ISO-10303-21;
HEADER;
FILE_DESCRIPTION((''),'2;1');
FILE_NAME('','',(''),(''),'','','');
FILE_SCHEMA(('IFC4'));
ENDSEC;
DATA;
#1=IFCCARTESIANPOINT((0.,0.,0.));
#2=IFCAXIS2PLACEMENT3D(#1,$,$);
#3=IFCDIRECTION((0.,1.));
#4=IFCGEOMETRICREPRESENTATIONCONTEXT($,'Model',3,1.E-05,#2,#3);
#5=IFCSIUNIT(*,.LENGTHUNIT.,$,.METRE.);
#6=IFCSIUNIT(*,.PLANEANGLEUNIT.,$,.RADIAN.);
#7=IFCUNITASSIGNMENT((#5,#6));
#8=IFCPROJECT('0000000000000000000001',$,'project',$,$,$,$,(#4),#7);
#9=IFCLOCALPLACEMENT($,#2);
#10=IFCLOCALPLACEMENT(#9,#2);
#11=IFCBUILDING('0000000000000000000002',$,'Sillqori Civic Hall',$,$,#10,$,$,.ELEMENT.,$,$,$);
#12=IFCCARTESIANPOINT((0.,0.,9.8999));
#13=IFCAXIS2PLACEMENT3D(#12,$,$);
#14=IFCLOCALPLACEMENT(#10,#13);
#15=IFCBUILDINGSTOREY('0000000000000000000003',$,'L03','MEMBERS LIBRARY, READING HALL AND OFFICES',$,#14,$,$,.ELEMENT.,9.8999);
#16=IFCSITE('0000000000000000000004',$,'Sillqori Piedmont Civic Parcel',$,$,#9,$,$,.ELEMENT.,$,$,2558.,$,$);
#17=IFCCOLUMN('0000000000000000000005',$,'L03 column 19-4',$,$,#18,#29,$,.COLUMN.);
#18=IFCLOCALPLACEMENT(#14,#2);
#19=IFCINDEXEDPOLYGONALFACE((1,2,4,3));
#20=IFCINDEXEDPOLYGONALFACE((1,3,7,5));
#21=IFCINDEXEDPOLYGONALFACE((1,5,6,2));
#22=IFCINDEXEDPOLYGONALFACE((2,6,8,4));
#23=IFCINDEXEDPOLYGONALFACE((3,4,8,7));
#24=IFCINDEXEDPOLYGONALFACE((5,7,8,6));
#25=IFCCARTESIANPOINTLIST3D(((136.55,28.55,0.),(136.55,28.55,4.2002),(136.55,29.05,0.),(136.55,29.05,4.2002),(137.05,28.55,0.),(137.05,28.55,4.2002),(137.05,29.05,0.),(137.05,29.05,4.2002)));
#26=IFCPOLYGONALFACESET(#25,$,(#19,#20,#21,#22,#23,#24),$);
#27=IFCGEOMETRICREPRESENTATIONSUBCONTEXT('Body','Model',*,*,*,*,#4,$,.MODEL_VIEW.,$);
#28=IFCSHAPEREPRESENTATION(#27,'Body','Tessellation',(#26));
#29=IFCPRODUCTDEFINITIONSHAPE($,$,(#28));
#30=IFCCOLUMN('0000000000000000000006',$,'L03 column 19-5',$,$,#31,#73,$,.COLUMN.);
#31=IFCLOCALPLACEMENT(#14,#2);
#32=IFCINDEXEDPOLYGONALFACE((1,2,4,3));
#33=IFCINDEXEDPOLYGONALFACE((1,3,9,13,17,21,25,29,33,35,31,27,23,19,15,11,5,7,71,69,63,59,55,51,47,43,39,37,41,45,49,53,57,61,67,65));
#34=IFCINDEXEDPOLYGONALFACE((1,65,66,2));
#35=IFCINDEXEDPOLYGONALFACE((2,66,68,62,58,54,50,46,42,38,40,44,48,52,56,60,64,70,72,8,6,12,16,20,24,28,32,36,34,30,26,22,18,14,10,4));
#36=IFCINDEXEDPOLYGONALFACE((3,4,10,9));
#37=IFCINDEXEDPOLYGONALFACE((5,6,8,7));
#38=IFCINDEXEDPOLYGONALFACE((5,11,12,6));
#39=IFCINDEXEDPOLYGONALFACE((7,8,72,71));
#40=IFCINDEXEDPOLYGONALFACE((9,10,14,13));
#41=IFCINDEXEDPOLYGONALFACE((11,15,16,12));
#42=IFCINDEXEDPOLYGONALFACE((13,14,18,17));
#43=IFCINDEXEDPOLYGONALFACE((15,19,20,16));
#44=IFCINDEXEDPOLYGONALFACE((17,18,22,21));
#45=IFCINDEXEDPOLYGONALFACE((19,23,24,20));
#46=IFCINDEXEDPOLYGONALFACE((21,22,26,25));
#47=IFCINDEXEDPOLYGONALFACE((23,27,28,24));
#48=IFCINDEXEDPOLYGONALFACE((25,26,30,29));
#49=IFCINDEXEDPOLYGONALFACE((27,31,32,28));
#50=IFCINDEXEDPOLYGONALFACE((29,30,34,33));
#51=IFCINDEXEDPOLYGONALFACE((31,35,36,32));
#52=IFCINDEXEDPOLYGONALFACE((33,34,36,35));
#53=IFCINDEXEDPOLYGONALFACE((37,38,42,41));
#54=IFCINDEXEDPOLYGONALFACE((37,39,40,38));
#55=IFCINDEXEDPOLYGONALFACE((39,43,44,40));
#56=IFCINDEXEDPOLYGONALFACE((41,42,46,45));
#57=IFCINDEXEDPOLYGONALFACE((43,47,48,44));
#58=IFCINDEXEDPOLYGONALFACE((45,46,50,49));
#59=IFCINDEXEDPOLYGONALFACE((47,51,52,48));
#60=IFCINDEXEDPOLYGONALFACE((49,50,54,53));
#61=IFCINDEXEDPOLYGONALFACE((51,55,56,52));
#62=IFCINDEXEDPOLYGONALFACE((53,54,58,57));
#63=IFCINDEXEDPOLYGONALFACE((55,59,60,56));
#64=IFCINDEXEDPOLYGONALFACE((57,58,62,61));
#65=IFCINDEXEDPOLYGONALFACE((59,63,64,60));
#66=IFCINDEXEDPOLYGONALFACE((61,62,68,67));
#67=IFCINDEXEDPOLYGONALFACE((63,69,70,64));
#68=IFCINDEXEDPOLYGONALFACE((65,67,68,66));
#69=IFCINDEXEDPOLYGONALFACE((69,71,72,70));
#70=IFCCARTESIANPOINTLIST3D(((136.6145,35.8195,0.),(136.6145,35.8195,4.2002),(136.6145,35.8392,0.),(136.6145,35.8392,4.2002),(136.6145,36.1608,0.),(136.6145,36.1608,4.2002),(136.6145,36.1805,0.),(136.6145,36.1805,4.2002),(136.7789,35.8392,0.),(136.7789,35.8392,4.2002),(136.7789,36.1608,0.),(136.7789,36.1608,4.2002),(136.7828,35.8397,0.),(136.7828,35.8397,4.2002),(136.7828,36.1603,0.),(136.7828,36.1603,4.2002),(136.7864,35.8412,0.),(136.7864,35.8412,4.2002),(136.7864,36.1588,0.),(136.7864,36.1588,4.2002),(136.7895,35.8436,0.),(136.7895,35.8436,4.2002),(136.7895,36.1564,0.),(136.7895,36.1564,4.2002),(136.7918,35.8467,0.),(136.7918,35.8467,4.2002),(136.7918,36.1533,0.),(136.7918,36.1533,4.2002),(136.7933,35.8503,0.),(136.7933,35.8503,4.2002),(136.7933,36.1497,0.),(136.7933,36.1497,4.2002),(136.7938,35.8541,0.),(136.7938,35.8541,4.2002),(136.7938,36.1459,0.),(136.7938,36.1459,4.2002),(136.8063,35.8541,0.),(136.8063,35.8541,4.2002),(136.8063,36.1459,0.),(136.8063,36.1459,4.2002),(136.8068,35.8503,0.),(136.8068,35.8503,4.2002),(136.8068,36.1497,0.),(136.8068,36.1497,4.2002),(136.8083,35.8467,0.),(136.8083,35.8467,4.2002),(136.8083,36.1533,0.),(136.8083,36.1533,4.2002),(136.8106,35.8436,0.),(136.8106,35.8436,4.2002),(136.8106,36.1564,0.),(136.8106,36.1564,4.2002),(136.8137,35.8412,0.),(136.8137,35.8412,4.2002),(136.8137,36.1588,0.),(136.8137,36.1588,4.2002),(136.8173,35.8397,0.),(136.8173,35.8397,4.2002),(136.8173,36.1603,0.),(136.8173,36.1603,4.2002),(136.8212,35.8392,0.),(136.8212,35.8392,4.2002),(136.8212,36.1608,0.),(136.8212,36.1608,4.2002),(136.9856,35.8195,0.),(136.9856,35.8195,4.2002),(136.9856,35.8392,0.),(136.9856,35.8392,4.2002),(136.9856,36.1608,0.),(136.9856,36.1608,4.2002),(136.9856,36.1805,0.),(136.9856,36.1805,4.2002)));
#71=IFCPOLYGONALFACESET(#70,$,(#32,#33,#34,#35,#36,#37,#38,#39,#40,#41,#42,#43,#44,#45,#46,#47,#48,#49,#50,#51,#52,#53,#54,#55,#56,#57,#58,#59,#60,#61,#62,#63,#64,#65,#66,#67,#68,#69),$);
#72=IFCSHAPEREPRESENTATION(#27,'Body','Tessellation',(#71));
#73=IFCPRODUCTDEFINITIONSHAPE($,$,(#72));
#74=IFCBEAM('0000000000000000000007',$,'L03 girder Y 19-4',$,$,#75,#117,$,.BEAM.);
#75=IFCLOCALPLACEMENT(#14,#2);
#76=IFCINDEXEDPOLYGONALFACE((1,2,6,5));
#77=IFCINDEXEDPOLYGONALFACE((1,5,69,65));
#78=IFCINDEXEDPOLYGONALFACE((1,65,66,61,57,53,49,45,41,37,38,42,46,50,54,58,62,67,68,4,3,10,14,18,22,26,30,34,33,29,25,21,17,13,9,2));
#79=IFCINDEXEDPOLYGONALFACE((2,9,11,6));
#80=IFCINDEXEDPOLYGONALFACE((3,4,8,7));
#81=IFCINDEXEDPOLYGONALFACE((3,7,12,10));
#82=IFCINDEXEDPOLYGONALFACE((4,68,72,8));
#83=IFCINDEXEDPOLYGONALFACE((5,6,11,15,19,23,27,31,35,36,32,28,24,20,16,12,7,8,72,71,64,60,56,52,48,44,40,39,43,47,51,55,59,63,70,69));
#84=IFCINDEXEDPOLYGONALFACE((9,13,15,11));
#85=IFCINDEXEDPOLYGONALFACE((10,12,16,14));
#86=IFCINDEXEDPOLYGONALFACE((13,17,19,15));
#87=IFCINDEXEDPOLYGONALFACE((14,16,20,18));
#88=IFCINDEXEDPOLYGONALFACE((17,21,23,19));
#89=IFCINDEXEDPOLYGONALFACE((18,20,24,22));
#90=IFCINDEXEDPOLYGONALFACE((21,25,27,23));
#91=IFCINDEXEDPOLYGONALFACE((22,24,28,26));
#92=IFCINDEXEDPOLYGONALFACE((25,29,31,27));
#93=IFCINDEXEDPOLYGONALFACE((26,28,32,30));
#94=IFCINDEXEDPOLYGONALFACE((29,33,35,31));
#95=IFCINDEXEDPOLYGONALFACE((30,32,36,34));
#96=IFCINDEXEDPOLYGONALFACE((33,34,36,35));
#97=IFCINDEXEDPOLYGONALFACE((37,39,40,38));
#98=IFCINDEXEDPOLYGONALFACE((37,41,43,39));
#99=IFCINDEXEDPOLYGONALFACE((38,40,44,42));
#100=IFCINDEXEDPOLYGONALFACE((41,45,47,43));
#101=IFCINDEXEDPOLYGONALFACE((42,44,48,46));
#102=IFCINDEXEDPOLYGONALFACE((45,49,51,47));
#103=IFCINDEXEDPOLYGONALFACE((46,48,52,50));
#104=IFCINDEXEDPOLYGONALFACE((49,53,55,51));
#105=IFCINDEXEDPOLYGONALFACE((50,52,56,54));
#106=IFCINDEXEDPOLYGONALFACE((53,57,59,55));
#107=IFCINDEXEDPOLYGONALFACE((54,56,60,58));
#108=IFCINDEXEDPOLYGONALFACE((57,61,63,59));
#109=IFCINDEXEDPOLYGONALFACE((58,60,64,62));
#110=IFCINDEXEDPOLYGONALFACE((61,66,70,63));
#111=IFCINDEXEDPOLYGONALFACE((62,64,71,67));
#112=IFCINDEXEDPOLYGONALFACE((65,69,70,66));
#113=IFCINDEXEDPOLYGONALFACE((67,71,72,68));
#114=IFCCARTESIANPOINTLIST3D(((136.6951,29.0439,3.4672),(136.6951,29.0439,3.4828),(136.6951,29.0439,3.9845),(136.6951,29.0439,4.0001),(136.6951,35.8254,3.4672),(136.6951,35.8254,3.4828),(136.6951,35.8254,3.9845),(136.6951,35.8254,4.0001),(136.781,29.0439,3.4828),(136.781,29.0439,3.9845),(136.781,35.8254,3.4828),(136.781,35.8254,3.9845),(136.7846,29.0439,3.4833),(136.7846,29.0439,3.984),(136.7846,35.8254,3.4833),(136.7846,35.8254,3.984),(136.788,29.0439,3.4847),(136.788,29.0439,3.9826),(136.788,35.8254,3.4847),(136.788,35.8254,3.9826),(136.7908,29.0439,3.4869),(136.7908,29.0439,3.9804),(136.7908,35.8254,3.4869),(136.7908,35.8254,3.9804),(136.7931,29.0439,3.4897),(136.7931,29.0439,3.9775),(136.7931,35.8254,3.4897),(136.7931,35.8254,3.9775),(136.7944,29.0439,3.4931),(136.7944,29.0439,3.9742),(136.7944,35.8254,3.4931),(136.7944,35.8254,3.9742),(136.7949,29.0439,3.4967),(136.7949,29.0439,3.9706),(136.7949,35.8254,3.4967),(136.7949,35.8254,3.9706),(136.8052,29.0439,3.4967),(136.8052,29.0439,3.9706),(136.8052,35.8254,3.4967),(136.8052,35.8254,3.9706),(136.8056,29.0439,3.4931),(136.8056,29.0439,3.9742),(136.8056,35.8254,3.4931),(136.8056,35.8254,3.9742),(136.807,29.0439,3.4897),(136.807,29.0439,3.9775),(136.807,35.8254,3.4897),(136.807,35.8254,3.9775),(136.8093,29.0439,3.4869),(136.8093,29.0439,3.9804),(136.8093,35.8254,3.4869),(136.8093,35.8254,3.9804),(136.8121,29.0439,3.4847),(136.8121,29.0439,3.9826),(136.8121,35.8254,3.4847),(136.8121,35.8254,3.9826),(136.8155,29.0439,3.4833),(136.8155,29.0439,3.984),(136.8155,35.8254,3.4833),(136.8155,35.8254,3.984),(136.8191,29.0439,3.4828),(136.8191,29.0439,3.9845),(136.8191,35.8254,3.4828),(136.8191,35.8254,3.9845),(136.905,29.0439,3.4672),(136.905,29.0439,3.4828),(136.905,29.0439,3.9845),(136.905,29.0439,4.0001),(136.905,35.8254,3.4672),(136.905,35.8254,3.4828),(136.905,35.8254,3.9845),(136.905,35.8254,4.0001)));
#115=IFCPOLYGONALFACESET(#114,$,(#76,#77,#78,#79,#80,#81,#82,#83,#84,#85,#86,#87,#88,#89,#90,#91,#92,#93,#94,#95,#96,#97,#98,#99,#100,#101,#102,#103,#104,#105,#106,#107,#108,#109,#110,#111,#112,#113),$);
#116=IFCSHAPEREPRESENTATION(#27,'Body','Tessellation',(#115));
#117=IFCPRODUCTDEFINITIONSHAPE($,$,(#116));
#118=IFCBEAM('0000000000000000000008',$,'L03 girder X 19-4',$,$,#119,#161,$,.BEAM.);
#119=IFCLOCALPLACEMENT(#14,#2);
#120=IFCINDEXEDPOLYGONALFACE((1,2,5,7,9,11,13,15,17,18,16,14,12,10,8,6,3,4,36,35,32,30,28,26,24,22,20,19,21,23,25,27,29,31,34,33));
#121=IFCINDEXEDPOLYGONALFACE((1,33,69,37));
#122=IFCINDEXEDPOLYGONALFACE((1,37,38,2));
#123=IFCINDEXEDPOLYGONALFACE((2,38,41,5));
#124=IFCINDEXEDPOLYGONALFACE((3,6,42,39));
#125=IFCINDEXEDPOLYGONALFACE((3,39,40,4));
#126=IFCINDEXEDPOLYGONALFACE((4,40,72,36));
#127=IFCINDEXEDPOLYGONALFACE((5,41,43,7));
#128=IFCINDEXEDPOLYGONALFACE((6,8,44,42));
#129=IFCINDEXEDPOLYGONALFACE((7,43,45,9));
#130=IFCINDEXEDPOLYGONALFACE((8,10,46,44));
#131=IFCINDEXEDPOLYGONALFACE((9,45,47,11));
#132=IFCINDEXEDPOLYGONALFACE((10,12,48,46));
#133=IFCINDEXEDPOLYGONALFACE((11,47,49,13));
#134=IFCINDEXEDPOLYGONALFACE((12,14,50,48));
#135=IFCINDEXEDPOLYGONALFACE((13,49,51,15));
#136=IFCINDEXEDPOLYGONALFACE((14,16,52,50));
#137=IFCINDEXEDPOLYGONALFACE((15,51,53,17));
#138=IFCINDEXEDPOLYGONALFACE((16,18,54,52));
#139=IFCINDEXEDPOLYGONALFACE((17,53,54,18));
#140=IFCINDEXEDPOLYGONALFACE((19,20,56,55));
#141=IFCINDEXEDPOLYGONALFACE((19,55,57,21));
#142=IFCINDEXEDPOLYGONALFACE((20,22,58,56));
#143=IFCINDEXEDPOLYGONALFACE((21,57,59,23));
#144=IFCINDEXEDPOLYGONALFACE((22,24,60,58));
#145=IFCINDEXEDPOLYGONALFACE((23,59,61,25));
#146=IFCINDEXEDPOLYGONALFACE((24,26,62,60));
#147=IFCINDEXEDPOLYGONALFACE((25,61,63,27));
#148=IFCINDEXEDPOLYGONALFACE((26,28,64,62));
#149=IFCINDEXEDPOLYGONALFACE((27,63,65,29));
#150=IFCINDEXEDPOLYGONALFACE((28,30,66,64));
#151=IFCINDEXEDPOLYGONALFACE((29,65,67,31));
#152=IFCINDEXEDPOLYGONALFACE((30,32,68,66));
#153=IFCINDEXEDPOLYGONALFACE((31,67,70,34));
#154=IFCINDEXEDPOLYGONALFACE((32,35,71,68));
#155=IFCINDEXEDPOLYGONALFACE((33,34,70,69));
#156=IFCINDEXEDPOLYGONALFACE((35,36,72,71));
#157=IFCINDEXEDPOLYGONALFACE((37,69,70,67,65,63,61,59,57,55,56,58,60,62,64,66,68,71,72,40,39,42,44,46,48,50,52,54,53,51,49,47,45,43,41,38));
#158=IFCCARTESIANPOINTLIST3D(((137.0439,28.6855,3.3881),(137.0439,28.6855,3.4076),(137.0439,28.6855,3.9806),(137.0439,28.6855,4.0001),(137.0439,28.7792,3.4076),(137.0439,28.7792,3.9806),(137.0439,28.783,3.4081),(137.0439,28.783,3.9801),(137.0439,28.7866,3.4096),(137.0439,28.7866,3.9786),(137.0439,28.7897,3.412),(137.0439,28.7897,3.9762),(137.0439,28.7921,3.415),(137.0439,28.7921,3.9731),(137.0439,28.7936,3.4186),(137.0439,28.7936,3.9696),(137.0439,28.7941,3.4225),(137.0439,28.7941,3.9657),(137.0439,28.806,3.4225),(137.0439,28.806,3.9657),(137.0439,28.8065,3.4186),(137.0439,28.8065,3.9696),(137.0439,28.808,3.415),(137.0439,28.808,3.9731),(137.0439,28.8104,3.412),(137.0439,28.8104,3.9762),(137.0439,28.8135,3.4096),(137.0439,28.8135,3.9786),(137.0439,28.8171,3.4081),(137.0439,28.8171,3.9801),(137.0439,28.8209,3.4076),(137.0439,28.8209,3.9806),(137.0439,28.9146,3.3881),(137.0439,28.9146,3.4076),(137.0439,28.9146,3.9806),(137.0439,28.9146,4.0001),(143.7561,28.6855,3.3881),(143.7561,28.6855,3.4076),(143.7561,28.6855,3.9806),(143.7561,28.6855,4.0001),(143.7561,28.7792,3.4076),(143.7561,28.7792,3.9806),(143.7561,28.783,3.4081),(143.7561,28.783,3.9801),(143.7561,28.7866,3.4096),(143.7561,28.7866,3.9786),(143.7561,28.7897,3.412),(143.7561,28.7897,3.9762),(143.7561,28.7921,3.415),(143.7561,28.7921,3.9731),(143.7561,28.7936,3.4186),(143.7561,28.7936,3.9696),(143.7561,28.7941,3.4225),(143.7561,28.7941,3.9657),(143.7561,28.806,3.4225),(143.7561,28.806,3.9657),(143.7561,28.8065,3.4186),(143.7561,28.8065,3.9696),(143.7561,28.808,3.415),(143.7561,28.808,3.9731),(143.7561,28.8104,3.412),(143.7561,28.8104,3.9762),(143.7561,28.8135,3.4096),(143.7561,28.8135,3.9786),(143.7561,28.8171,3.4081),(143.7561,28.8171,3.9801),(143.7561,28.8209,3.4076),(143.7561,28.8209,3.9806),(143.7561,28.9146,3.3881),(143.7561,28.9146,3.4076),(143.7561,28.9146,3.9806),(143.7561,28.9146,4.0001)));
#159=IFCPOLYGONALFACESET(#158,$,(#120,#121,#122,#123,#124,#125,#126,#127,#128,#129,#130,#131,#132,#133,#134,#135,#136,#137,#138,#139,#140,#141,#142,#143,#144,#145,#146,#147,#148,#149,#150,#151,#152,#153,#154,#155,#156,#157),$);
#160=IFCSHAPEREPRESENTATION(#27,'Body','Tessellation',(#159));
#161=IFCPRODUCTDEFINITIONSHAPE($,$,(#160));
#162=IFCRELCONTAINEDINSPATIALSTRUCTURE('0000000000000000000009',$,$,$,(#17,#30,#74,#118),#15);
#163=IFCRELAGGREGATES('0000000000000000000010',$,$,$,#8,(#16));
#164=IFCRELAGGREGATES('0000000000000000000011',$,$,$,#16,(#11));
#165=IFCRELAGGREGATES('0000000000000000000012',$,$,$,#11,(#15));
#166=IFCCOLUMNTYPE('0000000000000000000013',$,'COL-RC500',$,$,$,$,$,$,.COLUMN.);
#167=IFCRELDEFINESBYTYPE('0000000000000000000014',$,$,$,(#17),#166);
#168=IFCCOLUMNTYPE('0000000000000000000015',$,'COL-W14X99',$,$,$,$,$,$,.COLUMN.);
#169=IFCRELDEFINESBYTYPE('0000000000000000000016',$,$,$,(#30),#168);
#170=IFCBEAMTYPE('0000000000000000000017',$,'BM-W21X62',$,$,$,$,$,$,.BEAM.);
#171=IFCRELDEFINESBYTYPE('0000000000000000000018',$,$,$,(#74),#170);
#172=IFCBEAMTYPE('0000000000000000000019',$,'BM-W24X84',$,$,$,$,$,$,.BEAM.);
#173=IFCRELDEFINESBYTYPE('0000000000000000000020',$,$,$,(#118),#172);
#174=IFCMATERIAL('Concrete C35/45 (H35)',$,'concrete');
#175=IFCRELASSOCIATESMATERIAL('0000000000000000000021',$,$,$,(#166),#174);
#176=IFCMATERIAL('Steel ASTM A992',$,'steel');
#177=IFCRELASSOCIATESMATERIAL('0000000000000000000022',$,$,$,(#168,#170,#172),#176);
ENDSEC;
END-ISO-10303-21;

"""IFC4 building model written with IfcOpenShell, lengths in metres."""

from ifc_helpers import new_model, si_unit, direction, frame, origin, origin_2d, place, context, subcontext, project, spatial, rectangle, i_section, extrude, material, material_profile, profile_set, type_object, element, save


model = new_model("IFC4")

# Units and contexts
model_context = context("Model", 3, precision=1e-05, world=origin(), true_north=direction((0.0, 1.0)))
body_context = subcontext(model_context, "Body", "Model", "MODEL_VIEW")
ifc_project = project(units=[si_unit("LENGTHUNIT", "METRE"), si_unit("PLANEANGLEUNIT", "RADIAN")], contexts=[model_context])

# Site, building, storey
site_placement = place(None, origin())
site = spatial("IfcSite", under=ifc_project, at=site_placement, Name="Sillqori Piedmont Civic Parcel", CompositionType="ELEMENT", RefElevation=2558.0)
building_placement = place(site_placement, origin())
building = spatial("IfcBuilding", under=site, at=building_placement, Name="Sillqori Civic Hall", CompositionType="ELEMENT")
storey_placement = place(building_placement, frame((0.0, 0.0, 9.8999)))
storey = spatial("IfcBuildingStorey", under=building, at=storey_placement, Name="L03", Description="MEMBERS LIBRARY, READING HALL AND OFFICES", CompositionType="ELEMENT", Elevation=9.8999)

# Columns
ifc_material_1 = material(Name="Concrete C35/45 (H35)", Category="concrete")
ifc_material_profile_1 = material_profile(ifc_material_1, rectangle(XDim=0.5, YDim=0.5, at=origin_2d()), Name="RC 500x500")
ifc_profile_set_1 = profile_set([ifc_material_profile_1], Name="Concrete C35/45 (H35)")
column_type_1 = type_object("IfcColumnType", Name="COL-RC500", PredefinedType="COLUMN", material=ifc_profile_set_1)
column_1_placement = place(storey_placement, frame((136.8, 28.8, 0.0), z_axis=(0.0, 0.0, 1.0), x_axis=(1.0, 0.0, 0.0)))
element("IfcColumn", 1, at=column_1_placement, inside=storey, type_object=column_type_1, Name="L03 column 19-4", PredefinedType="COLUMN", context=body_context, shape_type="SweptSolid", body=[
    extrude(rectangle(XDim=0.5, YDim=0.5, at=origin_2d()), origin(), (0.0, 0.0, 1.0), 4.2002),
])
ifc_material_2 = material(Name="Steel ASTM A992", Category="steel")
ifc_material_profile_2 = material_profile(ifc_material_2, i_section(OverallWidth=0.3711, OverallDepth=0.3611, WebThickness=0.0125, FlangeThickness=0.0198, FilletRadius=0.0149, at=origin_2d()), Name="W14X99")
ifc_profile_set_2 = profile_set([ifc_material_profile_2], Name="Steel ASTM A992")
column_type_2 = type_object("IfcColumnType", Name="COL-W14X99", PredefinedType="COLUMN", material=ifc_profile_set_2)
column_2_placement = place(storey_placement, frame((136.8, 36.0, 0.0), z_axis=(0.0, 0.0, 1.0), x_axis=(1.0, 0.0, 0.0)))
element("IfcColumn", 2, at=column_2_placement, inside=storey, type_object=column_type_2, Name="L03 column 19-5", PredefinedType="COLUMN", context=body_context, shape_type="SweptSolid", body=[
    extrude(i_section(OverallWidth=0.3711, OverallDepth=0.3611, WebThickness=0.0125, FlangeThickness=0.0198, FilletRadius=0.0149, at=origin_2d()), origin(), (0.0, 0.0, 1.0), 4.2002),
])

# Beams
ifc_material_profile_3 = material_profile(ifc_material_2, i_section(OverallWidth=0.21, OverallDepth=0.533, WebThickness=0.0103, FlangeThickness=0.0156, FilletRadius=0.0139, at=origin_2d()), Name="W21X62")
ifc_profile_set_3 = profile_set([ifc_material_profile_3], Name="Steel ASTM A992")
beam_type_1 = type_object("IfcBeamType", Name="BM-W21X62", PredefinedType="BEAM", material=ifc_profile_set_3)
beam_1_placement = place(storey_placement, frame((136.8, 29.0439, 3.7336), z_axis=(0.0, 1.0, 0.0), x_axis=(-1.0, 0.0, 0.0)))
element("IfcBeam", 3, at=beam_1_placement, inside=storey, type_object=beam_type_1, Name="L03 girder Y 19-4", PredefinedType="BEAM", context=body_context, shape_type="SweptSolid", body=[
    extrude(i_section(OverallWidth=0.21, OverallDepth=0.533, WebThickness=0.0103, FlangeThickness=0.0156, FilletRadius=0.0139, at=origin_2d()), origin(), (0.0, 0.0, 1.0), 6.7815),
])
ifc_material_profile_4 = material_profile(ifc_material_2, i_section(OverallWidth=0.229, OverallDepth=0.6121, WebThickness=0.012, FlangeThickness=0.0195, FilletRadius=0.0149, at=origin_2d()), Name="W24X84")
ifc_profile_set_4 = profile_set([ifc_material_profile_4], Name="Steel ASTM A992")
beam_type_2 = type_object("IfcBeamType", Name="BM-W24X84", PredefinedType="BEAM", material=ifc_profile_set_4)
beam_2_placement = place(storey_placement, frame((137.0439, 28.8, 3.6941), z_axis=(1.0, 0.0, 0.0), x_axis=(0.0, 1.0, 0.0)))
element("IfcBeam", 4, at=beam_2_placement, inside=storey, type_object=beam_type_2, Name="L03 girder X 19-4", PredefinedType="BEAM", context=body_context, shape_type="SweptSolid", body=[
    extrude(i_section(OverallWidth=0.229, OverallDepth=0.6121, WebThickness=0.012, FlangeThickness=0.0195, FilletRadius=0.0149, at=origin_2d()), origin(), (0.0, 0.0, 1.0), 6.7122),
])

save(model, "model.ifc")
